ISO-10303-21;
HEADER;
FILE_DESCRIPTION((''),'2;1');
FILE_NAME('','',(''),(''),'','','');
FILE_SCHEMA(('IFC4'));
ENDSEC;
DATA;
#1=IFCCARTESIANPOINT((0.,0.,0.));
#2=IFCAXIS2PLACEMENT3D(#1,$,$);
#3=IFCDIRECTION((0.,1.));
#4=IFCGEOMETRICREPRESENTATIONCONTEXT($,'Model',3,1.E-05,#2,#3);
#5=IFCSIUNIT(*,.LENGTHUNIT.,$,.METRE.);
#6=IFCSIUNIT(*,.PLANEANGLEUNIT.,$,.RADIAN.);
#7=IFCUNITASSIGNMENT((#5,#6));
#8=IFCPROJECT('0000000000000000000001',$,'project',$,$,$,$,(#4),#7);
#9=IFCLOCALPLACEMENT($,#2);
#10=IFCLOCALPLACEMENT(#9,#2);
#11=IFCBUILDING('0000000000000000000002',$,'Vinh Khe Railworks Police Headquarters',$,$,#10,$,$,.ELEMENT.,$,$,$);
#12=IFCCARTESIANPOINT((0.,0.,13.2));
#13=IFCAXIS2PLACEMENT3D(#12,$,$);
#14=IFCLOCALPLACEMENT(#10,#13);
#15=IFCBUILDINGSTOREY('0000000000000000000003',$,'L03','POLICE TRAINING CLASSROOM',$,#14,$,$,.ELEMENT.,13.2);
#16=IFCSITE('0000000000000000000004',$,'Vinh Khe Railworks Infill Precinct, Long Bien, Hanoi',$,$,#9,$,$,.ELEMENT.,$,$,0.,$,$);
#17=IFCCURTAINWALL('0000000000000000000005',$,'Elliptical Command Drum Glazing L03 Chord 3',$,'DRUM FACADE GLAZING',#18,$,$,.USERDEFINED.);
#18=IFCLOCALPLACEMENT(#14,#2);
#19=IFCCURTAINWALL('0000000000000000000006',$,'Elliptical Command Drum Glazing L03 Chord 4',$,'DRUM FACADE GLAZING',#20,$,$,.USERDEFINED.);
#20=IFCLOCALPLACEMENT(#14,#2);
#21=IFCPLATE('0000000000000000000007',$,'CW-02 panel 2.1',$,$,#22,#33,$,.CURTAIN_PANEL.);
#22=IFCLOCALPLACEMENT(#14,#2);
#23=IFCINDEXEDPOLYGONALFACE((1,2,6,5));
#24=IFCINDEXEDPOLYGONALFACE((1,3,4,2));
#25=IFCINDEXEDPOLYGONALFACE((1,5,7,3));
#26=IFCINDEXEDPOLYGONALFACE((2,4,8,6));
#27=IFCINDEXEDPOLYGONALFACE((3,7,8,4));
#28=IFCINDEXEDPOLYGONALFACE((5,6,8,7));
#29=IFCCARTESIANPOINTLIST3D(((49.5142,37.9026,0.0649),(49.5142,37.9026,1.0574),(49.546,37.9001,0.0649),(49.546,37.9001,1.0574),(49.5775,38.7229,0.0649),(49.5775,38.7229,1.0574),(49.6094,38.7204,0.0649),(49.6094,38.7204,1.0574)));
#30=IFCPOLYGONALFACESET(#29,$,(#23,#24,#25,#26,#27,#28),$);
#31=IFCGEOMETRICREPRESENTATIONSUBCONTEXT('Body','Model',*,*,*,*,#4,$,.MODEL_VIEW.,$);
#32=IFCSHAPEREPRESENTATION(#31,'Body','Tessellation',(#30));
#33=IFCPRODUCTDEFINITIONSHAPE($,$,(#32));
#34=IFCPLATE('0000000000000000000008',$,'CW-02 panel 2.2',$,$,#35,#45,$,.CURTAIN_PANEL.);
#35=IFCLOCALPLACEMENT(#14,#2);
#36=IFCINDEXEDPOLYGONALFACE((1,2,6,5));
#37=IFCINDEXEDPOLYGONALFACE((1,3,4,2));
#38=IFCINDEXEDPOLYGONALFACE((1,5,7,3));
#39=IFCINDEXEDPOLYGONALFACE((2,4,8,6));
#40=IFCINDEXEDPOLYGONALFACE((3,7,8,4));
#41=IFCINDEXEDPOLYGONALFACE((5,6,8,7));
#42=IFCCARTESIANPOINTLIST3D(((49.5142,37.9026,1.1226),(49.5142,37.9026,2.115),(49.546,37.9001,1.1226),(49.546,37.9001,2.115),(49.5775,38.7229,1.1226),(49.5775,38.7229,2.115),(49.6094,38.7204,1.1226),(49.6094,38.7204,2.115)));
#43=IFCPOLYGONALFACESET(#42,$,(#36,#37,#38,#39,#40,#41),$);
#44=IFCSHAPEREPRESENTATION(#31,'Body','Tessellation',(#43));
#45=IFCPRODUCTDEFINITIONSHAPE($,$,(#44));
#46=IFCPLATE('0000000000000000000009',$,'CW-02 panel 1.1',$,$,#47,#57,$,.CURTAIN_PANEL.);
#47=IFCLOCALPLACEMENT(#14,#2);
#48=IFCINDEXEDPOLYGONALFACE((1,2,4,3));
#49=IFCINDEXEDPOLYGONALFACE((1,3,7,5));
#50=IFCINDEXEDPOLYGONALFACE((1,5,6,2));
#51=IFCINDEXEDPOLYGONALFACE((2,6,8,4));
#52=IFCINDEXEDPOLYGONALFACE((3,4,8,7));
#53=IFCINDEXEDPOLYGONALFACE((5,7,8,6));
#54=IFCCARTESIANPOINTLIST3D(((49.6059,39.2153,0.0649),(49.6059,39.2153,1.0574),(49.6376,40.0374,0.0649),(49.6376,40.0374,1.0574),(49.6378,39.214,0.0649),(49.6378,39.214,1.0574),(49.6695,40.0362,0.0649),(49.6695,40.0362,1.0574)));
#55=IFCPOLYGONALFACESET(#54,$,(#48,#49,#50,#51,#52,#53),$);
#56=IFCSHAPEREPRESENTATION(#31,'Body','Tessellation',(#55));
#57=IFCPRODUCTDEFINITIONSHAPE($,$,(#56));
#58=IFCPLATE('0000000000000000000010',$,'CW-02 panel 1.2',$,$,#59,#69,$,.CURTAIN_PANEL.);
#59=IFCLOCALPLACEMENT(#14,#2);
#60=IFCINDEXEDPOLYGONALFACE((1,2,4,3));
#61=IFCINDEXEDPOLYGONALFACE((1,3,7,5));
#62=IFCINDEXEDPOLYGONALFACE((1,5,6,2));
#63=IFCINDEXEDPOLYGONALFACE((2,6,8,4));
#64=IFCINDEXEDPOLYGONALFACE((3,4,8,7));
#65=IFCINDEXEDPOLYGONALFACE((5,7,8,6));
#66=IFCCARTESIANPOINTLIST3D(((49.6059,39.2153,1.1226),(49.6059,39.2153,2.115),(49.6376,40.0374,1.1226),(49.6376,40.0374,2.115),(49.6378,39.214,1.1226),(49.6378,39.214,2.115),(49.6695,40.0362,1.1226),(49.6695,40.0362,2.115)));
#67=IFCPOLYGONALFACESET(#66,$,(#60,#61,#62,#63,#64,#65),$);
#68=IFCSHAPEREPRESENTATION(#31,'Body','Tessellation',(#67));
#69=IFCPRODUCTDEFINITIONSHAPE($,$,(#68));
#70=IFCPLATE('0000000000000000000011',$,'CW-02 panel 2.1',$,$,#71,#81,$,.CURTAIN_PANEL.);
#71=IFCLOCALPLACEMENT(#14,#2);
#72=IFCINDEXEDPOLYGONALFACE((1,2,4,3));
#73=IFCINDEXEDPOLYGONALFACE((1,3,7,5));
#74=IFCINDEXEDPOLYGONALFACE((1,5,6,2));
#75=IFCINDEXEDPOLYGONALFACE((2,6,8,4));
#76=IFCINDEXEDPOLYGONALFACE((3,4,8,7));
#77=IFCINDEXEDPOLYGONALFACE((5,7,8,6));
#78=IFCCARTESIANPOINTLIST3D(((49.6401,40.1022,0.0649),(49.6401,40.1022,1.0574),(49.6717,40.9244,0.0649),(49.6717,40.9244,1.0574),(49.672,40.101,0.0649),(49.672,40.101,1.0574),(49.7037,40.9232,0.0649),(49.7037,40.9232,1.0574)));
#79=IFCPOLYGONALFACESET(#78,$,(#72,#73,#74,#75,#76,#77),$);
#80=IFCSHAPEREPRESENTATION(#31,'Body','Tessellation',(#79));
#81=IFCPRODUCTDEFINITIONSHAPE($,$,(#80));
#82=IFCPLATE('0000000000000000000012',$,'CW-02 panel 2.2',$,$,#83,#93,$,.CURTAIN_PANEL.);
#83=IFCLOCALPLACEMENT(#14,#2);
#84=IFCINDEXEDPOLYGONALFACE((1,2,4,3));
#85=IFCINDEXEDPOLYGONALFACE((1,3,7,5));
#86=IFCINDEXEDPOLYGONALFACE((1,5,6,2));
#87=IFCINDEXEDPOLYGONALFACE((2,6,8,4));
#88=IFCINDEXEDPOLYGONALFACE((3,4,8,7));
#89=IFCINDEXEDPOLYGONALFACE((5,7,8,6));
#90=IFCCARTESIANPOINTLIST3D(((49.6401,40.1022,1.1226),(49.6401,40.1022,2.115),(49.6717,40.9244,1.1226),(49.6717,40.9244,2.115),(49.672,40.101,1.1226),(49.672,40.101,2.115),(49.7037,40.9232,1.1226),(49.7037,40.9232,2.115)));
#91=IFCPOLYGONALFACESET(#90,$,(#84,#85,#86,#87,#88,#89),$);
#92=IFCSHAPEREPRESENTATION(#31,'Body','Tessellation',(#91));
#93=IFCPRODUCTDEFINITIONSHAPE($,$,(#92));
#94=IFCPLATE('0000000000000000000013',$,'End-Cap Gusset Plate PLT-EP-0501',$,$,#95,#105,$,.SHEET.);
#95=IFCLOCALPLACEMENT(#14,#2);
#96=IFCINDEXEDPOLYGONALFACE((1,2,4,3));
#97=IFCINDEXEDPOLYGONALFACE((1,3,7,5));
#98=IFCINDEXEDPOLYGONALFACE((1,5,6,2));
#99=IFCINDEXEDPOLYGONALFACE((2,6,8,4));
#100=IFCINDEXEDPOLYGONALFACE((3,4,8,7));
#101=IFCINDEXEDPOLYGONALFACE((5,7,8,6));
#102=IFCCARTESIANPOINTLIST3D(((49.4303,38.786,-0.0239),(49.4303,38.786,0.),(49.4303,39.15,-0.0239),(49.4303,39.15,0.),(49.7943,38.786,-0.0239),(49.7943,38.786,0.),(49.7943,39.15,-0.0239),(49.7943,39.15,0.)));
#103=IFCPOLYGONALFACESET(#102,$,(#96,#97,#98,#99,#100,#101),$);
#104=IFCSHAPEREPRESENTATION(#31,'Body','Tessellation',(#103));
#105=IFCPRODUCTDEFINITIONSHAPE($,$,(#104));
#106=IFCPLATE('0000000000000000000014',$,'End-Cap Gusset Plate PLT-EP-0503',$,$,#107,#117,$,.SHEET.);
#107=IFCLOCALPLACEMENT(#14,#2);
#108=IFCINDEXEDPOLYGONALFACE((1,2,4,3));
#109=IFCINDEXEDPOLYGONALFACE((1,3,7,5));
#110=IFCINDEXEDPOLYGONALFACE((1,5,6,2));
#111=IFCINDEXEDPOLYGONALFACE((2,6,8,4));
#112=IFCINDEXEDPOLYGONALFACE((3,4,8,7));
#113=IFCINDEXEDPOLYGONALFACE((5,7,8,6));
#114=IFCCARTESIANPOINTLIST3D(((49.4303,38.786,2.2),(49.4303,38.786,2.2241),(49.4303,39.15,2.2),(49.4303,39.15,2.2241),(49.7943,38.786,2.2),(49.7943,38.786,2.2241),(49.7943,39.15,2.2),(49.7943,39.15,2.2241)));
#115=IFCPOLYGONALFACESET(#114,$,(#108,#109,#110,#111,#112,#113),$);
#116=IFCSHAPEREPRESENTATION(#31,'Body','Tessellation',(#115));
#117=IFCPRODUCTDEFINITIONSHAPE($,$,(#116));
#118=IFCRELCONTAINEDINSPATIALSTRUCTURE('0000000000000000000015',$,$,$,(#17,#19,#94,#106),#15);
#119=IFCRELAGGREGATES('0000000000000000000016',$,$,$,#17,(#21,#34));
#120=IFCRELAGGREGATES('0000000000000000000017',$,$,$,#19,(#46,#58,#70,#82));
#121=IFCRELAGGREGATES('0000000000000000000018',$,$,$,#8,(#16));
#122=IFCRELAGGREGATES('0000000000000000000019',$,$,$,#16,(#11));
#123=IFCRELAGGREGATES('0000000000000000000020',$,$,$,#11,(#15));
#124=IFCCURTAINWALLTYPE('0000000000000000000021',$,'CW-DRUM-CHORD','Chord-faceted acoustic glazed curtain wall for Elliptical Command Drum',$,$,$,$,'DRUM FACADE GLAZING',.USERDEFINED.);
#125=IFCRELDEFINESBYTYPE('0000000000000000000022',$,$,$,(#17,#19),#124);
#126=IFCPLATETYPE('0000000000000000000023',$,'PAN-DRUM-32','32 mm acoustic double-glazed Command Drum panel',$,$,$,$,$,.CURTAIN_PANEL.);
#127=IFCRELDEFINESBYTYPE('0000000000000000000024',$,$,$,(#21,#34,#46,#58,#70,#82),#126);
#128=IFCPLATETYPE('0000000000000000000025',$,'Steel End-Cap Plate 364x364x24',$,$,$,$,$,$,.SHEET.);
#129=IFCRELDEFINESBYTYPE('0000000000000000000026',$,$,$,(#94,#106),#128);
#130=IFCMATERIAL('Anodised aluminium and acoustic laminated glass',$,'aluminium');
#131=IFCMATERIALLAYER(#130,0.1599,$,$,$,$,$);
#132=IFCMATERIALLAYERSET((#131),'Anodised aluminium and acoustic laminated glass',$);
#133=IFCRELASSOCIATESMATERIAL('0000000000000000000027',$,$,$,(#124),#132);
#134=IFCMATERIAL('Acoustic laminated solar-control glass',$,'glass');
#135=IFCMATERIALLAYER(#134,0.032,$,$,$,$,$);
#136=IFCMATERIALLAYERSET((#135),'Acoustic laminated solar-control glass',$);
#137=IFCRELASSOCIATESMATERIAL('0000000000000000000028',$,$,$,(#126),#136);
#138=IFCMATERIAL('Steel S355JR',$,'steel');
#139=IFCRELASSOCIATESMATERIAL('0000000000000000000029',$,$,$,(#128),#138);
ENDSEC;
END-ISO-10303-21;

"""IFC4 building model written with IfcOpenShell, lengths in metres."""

from ifc_helpers import new_model, si_unit, direction, frame, origin, origin_2d, place, context, subcontext, project, spatial, rectangle, extrude, material, layer, layer_set, material_profile, profile_set, type_object, element, aggregate, save


model = new_model("IFC4")

# Units and contexts
model_context = context("Model", 3, precision=1e-05, world=origin(), true_north=direction((0.0, 1.0)))
body_context = subcontext(model_context, "Body", "Model", "MODEL_VIEW")
ifc_project = project(units=[si_unit("LENGTHUNIT", "METRE"), si_unit("PLANEANGLEUNIT", "RADIAN")], contexts=[model_context])

# Site, building, storey
site_placement = place(None, origin())
site = spatial("IfcSite", under=ifc_project, at=site_placement, Name="Vinh Khe Railworks Infill Precinct, Long Bien, Hanoi", CompositionType="ELEMENT", RefElevation=0.0)
building_placement = place(site_placement, origin())
building = spatial("IfcBuilding", under=site, at=building_placement, Name="Vinh Khe Railworks Police Headquarters", CompositionType="ELEMENT")
storey_placement = place(building_placement, frame((0.0, 0.0, 13.2)))
storey = spatial("IfcBuildingStorey", under=building, at=storey_placement, Name="L03", Description="POLICE TRAINING CLASSROOM", CompositionType="ELEMENT", Elevation=13.2)

# Shared definitions
ifc_material_1 = material(Name="Steel S355JR", Category="steel")

# Curtain walls
ifc_material_2 = material(Name="Anodised aluminium and acoustic laminated glass", Category="aluminium")
ifc_layer_1 = layer(ifc_material_2, 0.1599)
ifc_layer_set_1 = layer_set([ifc_layer_1], Name="Anodised aluminium and acoustic laminated glass")
curtain_wall_type = type_object("IfcCurtainWallType", Name="CW-DRUM-CHORD", Description="Chord-faceted acoustic glazed curtain wall for Elliptical Command Drum", ElementType="DRUM FACADE GLAZING", PredefinedType="USERDEFINED", material=ifc_layer_set_1)
curtain_wall_1_placement = place(storey_placement, origin())
curtain_wall_1 = element("IfcCurtainWall", 1, at=curtain_wall_1_placement, inside=storey, type_object=curtain_wall_type, Name="Elliptical Command Drum Glazing L03 Chord 3", ObjectType="DRUM FACADE GLAZING", PredefinedType="USERDEFINED")
curtain_wall_2_placement = place(storey_placement, origin())
curtain_wall_2 = element("IfcCurtainWall", 2, at=curtain_wall_2_placement, inside=storey, type_object=curtain_wall_type, Name="Elliptical Command Drum Glazing L03 Chord 4", ObjectType="DRUM FACADE GLAZING", PredefinedType="USERDEFINED")

# Plates
ifc_material_3 = material(Name="Acoustic laminated solar-control glass", Category="glass")
ifc_layer_2 = layer(ifc_material_3, 0.032)
ifc_layer_set_2 = layer_set([ifc_layer_2], Name="Acoustic laminated solar-control glass")
plate_type_1 = type_object("IfcPlateType", Name="PAN-DRUM-32", Description="32 mm acoustic double-glazed Command Drum panel", PredefinedType="CURTAIN_PANEL", material=ifc_layer_set_2)
plate_1_placement = place(storey_placement, frame((49.5618, 38.3115, 0.0649), z_axis=(0.0, 0.0, 1.0), x_axis=(0.076969, 0.997033, 0.0)))
plate_1 = element("IfcPlate", 3, at=plate_1_placement, type_object=plate_type_1, Name="CW-02 panel 2.1", PredefinedType="CURTAIN_PANEL", context=body_context, shape_type="SweptSolid", body=[
    extrude(rectangle(XDim=0.8228, YDim=0.032, at=origin_2d()), origin(), (0.0, 0.0, 1.0), 0.9924),
])
plate_2_placement = place(storey_placement, frame((49.5618, 38.3115, 1.1226), z_axis=(0.0, 0.0, 1.0), x_axis=(0.076969, 0.997033, 0.0)))
plate_2 = element("IfcPlate", 4, at=plate_2_placement, type_object=plate_type_1, Name="CW-02 panel 2.2", PredefinedType="CURTAIN_PANEL", context=body_context, shape_type="SweptSolid", body=[
    extrude(rectangle(XDim=0.8228, YDim=0.032, at=origin_2d()), origin(), (0.0, 0.0, 1.0), 0.9924),
])
aggregate(curtain_wall_1, [plate_1, plate_2])
plate_3_placement = place(storey_placement, frame((49.6377, 39.6257, 0.0649), z_axis=(0.0, 0.0, 1.0), x_axis=(0.038513, 0.999258, 0.0)))
plate_3 = element("IfcPlate", 5, at=plate_3_placement, type_object=plate_type_1, Name="CW-02 panel 1.1", PredefinedType="CURTAIN_PANEL", context=body_context, shape_type="SweptSolid", body=[
    extrude(rectangle(XDim=0.8228, YDim=0.032, at=origin_2d()), origin(), (0.0, 0.0, 1.0), 0.9924),
])
plate_4_placement = place(storey_placement, frame((49.6377, 39.6257, 1.1226), z_axis=(0.0, 0.0, 1.0), x_axis=(0.038513, 0.999258, 0.0)))
plate_4 = element("IfcPlate", 6, at=plate_4_placement, type_object=plate_type_1, Name="CW-02 panel 1.2", PredefinedType="CURTAIN_PANEL", context=body_context, shape_type="SweptSolid", body=[
    extrude(rectangle(XDim=0.8228, YDim=0.032, at=origin_2d()), origin(), (0.0, 0.0, 1.0), 0.9924),
])
plate_5_placement = place(storey_placement, frame((49.6719, 40.5127, 0.0649), z_axis=(0.0, 0.0, 1.0), x_axis=(0.038513, 0.999258, 0.0)))
plate_5 = element("IfcPlate", 7, at=plate_5_placement, type_object=plate_type_1, Name="CW-02 panel 2.1", PredefinedType="CURTAIN_PANEL", context=body_context, shape_type="SweptSolid", body=[
    extrude(rectangle(XDim=0.8228, YDim=0.032, at=origin_2d()), origin(), (0.0, 0.0, 1.0), 0.9924),
])
plate_6_placement = place(storey_placement, frame((49.6719, 40.5127, 1.1226), z_axis=(0.0, 0.0, 1.0), x_axis=(0.038513, 0.999258, 0.0)))
plate_6 = element("IfcPlate", 8, at=plate_6_placement, type_object=plate_type_1, Name="CW-02 panel 2.2", PredefinedType="CURTAIN_PANEL", context=body_context, shape_type="SweptSolid", body=[
    extrude(rectangle(XDim=0.8228, YDim=0.032, at=origin_2d()), origin(), (0.0, 0.0, 1.0), 0.9924),
])
aggregate(curtain_wall_2, [plate_3, plate_4, plate_5, plate_6])

# Plates
ifc_material_profile_1 = material_profile(ifc_material_1, rectangle(XDim=0.364, YDim=0.364, at=origin_2d()), Name="PL 364x364")
ifc_profile_set_1 = profile_set([ifc_material_profile_1], Name="Steel S355JR")
plate_type_2 = type_object("IfcPlateType", Name="Steel End-Cap Plate 364x364x24", PredefinedType="SHEET", material=ifc_profile_set_1)
plate_7_placement = place(storey_placement, frame((49.6123, 38.968, 0.0), z_axis=(0.0, 0.0, -1.0), x_axis=(1.0, 0.0, 0.0)))
element("IfcPlate", 9, at=plate_7_placement, inside=storey, type_object=plate_type_2, Name="End-Cap Gusset Plate PLT-EP-0501", PredefinedType="SHEET", context=body_context, shape_type="SweptSolid", body=[
    extrude(rectangle(XDim=0.364, YDim=0.364, at=origin_2d()), origin(), (0.0, 0.0, 1.0), 0.0239),
])
plate_8_placement = place(storey_placement, frame((49.6123, 38.968, 2.2), z_axis=(0.0, 0.0, 1.0), x_axis=(1.0, 0.0, 0.0)))
element("IfcPlate", 10, at=plate_8_placement, inside=storey, type_object=plate_type_2, Name="End-Cap Gusset Plate PLT-EP-0503", PredefinedType="SHEET", context=body_context, shape_type="SweptSolid", body=[
    extrude(rectangle(XDim=0.364, YDim=0.364, at=origin_2d()), origin(), (0.0, 0.0, 1.0), 0.0242),
])

save(model, "model.ifc")
